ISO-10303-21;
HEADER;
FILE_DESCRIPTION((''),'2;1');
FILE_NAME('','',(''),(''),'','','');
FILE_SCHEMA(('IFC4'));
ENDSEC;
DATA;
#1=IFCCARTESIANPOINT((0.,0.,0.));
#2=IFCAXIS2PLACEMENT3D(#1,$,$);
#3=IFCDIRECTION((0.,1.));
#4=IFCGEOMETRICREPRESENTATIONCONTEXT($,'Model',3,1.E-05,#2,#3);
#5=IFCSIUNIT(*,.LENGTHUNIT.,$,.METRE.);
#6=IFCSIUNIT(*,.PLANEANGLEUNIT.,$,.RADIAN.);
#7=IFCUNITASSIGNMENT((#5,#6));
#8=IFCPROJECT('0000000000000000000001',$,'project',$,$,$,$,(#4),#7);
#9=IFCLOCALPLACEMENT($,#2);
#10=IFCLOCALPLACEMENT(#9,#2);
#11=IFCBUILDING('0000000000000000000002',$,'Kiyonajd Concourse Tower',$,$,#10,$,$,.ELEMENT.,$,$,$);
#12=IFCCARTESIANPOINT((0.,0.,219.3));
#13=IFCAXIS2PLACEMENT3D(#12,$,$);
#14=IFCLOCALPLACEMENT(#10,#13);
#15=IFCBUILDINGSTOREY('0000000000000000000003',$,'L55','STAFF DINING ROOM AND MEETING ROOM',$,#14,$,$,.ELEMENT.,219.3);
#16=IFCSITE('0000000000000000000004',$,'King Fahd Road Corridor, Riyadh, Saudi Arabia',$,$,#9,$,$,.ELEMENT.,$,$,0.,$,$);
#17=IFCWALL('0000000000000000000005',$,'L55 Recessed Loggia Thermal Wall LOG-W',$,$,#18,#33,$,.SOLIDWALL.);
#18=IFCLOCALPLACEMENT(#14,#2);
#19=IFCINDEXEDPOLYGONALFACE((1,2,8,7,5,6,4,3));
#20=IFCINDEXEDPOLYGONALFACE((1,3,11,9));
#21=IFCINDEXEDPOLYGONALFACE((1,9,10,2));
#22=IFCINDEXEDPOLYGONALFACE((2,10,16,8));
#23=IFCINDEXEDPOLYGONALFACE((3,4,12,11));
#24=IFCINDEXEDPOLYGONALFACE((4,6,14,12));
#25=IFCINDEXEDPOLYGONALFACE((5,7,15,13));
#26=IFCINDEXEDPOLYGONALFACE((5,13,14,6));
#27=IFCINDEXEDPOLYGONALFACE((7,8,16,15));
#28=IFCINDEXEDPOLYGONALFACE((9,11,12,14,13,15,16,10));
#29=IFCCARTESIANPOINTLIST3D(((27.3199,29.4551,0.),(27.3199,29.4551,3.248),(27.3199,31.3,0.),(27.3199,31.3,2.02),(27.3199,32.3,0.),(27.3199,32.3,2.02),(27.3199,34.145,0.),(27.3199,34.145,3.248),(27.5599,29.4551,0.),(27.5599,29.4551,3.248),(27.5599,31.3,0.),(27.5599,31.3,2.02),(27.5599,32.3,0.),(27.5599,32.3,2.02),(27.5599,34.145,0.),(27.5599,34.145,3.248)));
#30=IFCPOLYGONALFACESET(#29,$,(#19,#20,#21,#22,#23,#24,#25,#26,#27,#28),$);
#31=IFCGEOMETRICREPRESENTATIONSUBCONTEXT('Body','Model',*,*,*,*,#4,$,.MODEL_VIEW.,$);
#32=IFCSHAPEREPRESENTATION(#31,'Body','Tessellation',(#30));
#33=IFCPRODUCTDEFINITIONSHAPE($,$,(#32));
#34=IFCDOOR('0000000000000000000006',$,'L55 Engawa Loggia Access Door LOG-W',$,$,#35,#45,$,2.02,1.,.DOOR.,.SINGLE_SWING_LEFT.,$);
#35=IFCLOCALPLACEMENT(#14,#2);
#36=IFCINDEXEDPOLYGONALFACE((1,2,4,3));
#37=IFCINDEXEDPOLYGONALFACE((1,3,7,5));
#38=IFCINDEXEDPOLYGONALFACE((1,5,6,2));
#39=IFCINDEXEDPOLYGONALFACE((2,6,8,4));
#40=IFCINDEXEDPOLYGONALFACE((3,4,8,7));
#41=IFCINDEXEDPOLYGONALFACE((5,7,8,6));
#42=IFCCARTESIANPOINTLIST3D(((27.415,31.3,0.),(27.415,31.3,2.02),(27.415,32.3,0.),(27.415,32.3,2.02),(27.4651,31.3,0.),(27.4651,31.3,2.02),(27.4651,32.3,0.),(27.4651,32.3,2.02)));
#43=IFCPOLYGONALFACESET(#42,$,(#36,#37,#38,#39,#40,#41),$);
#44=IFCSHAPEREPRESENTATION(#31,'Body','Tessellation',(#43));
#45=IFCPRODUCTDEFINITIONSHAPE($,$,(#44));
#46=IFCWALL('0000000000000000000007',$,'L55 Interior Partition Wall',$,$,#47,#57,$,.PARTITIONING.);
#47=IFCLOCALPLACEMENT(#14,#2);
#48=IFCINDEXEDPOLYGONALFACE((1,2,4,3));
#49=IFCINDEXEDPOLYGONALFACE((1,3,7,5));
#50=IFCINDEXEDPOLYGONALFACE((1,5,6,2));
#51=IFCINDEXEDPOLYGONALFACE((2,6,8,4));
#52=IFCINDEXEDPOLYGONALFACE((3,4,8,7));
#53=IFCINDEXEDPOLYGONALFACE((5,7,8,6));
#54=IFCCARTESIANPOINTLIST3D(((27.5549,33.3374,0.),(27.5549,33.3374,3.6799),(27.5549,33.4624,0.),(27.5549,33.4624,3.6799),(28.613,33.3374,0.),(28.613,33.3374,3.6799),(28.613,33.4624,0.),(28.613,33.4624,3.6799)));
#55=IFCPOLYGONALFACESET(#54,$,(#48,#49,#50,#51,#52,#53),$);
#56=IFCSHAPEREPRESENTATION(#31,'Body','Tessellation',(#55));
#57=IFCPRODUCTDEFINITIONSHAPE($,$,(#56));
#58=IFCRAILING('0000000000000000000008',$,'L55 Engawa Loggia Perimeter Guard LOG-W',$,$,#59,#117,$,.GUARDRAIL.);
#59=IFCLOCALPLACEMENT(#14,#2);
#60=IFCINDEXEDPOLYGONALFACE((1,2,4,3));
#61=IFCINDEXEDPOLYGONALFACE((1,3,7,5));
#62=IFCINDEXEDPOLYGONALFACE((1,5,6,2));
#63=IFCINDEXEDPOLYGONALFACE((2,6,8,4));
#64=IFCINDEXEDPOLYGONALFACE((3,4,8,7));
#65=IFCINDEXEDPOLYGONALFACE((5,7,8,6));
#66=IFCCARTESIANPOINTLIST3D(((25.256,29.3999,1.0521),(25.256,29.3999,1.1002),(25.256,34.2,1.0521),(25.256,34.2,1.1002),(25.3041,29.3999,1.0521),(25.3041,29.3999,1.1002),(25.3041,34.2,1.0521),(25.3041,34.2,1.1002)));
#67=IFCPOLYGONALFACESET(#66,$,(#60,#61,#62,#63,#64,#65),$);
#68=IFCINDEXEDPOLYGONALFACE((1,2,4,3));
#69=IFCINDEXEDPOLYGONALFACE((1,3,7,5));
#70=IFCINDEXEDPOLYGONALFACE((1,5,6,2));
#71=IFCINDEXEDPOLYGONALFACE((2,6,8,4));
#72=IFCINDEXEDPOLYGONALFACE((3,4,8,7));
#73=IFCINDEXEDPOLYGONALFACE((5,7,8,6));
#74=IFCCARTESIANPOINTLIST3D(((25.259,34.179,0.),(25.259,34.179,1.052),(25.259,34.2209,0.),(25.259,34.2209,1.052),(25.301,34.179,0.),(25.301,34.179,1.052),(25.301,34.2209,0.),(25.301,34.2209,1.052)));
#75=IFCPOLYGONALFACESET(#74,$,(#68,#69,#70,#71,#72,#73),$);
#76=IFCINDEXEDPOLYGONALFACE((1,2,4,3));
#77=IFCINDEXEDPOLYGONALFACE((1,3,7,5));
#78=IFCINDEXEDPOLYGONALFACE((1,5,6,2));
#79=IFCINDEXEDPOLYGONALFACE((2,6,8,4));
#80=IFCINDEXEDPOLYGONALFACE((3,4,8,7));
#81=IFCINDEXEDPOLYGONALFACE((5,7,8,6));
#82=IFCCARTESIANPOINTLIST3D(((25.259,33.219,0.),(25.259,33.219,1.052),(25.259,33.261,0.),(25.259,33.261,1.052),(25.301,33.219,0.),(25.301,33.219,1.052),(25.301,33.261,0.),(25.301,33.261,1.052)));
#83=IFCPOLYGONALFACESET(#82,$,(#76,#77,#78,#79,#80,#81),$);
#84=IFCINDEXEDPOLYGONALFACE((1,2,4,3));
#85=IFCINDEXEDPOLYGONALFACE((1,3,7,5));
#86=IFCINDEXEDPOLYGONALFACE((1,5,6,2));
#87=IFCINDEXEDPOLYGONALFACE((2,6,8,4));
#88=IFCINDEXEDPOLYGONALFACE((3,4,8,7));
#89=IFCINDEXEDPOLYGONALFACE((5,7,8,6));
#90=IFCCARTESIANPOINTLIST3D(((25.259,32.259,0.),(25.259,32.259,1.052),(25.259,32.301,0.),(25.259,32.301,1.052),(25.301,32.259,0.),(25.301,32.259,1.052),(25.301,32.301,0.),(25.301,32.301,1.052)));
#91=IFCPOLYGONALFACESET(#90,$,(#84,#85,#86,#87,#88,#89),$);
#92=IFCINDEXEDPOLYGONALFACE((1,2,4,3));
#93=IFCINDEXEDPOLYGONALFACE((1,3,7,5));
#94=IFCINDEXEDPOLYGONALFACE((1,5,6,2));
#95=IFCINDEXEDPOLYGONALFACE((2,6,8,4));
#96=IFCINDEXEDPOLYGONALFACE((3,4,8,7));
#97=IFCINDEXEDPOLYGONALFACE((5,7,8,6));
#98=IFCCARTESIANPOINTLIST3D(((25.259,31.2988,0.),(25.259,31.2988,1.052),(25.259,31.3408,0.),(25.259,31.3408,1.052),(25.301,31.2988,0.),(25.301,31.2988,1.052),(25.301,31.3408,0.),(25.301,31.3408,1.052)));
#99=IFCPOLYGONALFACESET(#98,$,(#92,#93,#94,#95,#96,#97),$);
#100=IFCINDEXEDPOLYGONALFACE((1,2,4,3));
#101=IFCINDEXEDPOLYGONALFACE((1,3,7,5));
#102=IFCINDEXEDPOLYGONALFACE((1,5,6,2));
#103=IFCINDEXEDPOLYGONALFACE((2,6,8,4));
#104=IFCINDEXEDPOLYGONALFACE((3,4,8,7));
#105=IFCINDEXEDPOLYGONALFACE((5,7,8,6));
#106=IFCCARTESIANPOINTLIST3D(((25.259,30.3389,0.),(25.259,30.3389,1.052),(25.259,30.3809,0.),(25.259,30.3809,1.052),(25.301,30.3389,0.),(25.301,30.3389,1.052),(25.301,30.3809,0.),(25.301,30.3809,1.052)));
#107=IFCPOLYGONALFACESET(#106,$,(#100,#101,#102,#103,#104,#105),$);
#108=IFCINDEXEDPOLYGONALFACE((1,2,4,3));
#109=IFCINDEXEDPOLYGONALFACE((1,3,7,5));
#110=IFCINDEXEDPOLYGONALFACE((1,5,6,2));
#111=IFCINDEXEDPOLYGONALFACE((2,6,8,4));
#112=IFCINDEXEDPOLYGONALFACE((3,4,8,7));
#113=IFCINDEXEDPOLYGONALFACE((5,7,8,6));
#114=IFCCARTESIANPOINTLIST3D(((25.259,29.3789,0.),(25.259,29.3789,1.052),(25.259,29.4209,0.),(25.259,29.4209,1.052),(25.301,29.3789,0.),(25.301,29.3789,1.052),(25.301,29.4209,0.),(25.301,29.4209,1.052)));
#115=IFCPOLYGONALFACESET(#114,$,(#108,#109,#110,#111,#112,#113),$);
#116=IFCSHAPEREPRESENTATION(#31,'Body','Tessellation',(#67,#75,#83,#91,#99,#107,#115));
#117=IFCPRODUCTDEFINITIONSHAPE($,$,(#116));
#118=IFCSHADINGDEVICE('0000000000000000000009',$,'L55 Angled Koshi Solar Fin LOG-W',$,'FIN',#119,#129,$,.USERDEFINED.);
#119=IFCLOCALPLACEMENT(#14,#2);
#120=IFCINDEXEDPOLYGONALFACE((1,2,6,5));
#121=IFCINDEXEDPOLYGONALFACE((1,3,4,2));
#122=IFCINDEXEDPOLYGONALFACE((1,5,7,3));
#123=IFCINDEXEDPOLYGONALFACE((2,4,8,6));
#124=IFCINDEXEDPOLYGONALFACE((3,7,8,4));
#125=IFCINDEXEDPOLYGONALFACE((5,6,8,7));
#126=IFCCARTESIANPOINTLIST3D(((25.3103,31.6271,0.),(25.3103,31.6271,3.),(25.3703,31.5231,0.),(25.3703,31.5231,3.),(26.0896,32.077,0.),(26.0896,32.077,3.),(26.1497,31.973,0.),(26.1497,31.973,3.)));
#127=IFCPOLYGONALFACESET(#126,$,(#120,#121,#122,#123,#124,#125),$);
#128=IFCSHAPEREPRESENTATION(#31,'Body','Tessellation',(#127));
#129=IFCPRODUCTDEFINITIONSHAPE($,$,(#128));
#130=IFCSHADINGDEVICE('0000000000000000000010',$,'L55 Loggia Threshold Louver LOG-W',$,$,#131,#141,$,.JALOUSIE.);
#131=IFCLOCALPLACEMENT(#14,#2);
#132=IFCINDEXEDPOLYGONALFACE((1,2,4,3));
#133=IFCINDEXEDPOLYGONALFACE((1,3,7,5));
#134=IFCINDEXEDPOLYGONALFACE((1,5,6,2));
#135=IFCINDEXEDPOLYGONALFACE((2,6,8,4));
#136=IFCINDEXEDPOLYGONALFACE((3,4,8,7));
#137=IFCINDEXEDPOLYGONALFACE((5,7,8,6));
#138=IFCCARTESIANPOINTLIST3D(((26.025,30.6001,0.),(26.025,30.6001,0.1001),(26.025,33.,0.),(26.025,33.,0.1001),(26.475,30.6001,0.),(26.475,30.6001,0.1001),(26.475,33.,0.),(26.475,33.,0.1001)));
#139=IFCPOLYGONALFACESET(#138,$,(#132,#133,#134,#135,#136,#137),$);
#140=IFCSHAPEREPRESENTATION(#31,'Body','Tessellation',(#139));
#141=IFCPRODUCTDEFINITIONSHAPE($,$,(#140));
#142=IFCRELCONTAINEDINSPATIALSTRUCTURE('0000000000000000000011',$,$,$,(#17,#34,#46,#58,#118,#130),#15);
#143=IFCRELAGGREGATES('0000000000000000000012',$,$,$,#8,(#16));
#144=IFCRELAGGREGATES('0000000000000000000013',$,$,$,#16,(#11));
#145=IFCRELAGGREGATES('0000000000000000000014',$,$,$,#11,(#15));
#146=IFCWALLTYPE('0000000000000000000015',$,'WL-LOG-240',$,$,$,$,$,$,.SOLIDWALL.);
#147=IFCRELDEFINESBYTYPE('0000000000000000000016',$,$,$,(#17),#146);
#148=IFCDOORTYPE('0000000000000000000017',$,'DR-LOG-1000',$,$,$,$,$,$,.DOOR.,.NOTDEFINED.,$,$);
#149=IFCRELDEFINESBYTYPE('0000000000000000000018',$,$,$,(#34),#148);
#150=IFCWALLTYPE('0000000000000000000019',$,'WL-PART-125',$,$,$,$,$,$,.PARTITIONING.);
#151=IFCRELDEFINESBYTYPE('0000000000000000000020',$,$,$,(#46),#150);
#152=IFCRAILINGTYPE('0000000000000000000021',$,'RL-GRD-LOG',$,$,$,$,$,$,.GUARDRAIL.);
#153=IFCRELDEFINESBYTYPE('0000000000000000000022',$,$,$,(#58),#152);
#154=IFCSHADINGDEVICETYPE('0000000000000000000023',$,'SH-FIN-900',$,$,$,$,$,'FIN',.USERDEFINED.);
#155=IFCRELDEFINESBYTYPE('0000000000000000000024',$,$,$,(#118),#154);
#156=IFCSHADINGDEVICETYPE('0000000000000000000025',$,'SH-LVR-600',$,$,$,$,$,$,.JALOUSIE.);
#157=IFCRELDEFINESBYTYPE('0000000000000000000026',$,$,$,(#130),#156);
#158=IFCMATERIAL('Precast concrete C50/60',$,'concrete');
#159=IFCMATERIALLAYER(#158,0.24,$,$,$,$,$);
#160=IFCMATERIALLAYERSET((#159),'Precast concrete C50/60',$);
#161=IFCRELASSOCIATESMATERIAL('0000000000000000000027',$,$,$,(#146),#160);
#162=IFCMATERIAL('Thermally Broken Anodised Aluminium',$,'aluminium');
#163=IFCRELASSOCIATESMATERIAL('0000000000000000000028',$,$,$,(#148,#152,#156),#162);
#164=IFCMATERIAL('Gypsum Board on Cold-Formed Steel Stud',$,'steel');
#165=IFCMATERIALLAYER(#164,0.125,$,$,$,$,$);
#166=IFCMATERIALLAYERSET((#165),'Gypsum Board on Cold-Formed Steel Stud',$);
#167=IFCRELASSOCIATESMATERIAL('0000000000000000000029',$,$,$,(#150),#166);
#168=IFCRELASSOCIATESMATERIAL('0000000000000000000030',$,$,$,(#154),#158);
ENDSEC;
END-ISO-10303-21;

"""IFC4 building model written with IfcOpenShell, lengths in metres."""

from ifc_helpers import new_model, si_unit, direction, frame, frame_2d, origin, origin_2d, place, context, subcontext, project, spatial, rectangle, extrude, material, layer, layer_set, type_object, element, fill, save


model = new_model("IFC4")

# Units and contexts
model_context = context("Model", 3, precision=1e-05, world=origin(), true_north=direction((0.0, 1.0)))
body_context = subcontext(model_context, "Body", "Model", "MODEL_VIEW")
ifc_project = project(units=[si_unit("LENGTHUNIT", "METRE"), si_unit("PLANEANGLEUNIT", "RADIAN")], contexts=[model_context])

# Site, building, storey
site_placement = place(None, origin())
site = spatial("IfcSite", under=ifc_project, at=site_placement, Name="King Fahd Road Corridor, Riyadh, Saudi Arabia", CompositionType="ELEMENT", RefElevation=0.0)
building_placement = place(site_placement, origin())
building = spatial("IfcBuilding", under=site, at=building_placement, Name="Kiyonajd Concourse Tower", CompositionType="ELEMENT")
storey_placement = place(building_placement, frame((0.0, 0.0, 219.3)))
storey = spatial("IfcBuildingStorey", under=building, at=storey_placement, Name="L55", Description="STAFF DINING ROOM AND MEETING ROOM", CompositionType="ELEMENT", Elevation=219.3)

# Shared definitions
ifc_material_1 = material(Name="Thermally Broken Anodised Aluminium", Category="aluminium")

# Shared definitions
ifc_material_2 = material(Name="Precast concrete C50/60", Category="concrete")

# Wall, opening, door
ifc_layer_1 = layer(ifc_material_2, 0.24)
ifc_layer_set_1 = layer_set([ifc_layer_1], Name="Precast concrete C50/60")
wall_type_1 = type_object("IfcWallType", Name="WL-LOG-240", PredefinedType="SOLIDWALL", material=ifc_layer_set_1)
wall_1_placement = place(storey_placement, frame((27.4399, 29.4551, 0.0), z_axis=(0.0, 0.0, 1.0), x_axis=(0.0, 1.0, 0.0)))
wall_1 = element("IfcWall", 1, at=wall_1_placement, inside=storey, type_object=wall_type_1, Name="L55 Recessed Loggia Thermal Wall LOG-W", PredefinedType="SOLIDWALL", context=body_context, shape_type="SweptSolid", body=[
    extrude(rectangle(XDim=4.6899, YDim=0.24, at=frame_2d((2.345, 0.0))), origin(), (0.0, 0.0, 1.0), 3.248),
])
opening_placement = place(wall_1_placement, frame((1.845, 0.0, 0.0)))
opening = element("IfcOpeningElement", 2, at=opening_placement, cuts=wall_1, PredefinedType="OPENING", context=body_context, shape_type="SweptSolid", body=[
    extrude(rectangle(XDim=1.0, YDim=2.02, at=frame_2d((0.5, 1.01))), frame((0.0, 0.1299, 0.0), z_axis=(0.0, -1.0, 0.0), x_axis=(1.0, 0.0, 0.0)), (0.0, 0.0, 1.0), 0.26),
])
door_type = type_object("IfcDoorType", Name="DR-LOG-1000", OperationType="NOTDEFINED", PredefinedType="DOOR", material=ifc_material_1)
door_placement = place(opening_placement, origin())
door = element("IfcDoor", 3, at=door_placement, inside=storey, type_object=door_type, Name="L55 Engawa Loggia Access Door LOG-W", OperationType="SINGLE_SWING_LEFT", OverallHeight=2.02, OverallWidth=1.0, PredefinedType="DOOR", context=body_context, shape_type="SweptSolid", body=[
    extrude(rectangle(XDim=1.0, YDim=2.02, at=frame_2d((0.5, 1.01))), frame((0.0, 0.0249, 0.0), z_axis=(0.0, -1.0, 0.0), x_axis=(1.0, 0.0, 0.0)), (0.0, 0.0, 1.0), 0.05),
])
fill(opening, door)

# Wall
ifc_material_3 = material(Name="Gypsum Board on Cold-Formed Steel Stud", Category="steel")
ifc_layer_2 = layer(ifc_material_3, 0.125)
ifc_layer_set_2 = layer_set([ifc_layer_2], Name="Gypsum Board on Cold-Formed Steel Stud")
wall_type_2 = type_object("IfcWallType", Name="WL-PART-125", PredefinedType="PARTITIONING", material=ifc_layer_set_2)
wall_2_placement = place(storey_placement, frame((27.5549, 33.3999, 0.0), z_axis=(0.0, 0.0, 1.0), x_axis=(1.0, 0.0, 0.0)))
element("IfcWall", 4, at=wall_2_placement, inside=storey, type_object=wall_type_2, Name="L55 Interior Partition Wall", PredefinedType="PARTITIONING", context=body_context, shape_type="SweptSolid", body=[
    extrude(rectangle(XDim=1.0581, YDim=0.125, at=frame_2d((0.5291, 0.0))), origin(), (0.0, 0.0, 1.0), 3.6799),
])

# Railing
railing_type = type_object("IfcRailingType", Name="RL-GRD-LOG", PredefinedType="GUARDRAIL", material=ifc_material_1)
railing_placement = place(storey_placement, frame((25.28, 34.2, 0.0)))
element("IfcRailing", 5, at=railing_placement, inside=storey, type_object=railing_type, Name="L55 Engawa Loggia Perimeter Guard LOG-W", PredefinedType="GUARDRAIL", context=body_context, shape_type="SweptSolid", body=[
    extrude(rectangle(XDim=0.0481, YDim=0.0481, at=origin_2d()), frame((0.0, 0.0, 1.0762), z_axis=(0.0, -1.0, 0.0), x_axis=(1.0, 0.0, 0.0)), (0.0, 0.0, 1.0), 4.8),
    extrude(rectangle(XDim=0.042, YDim=0.042, at=origin_2d()), origin(), (0.0, 0.0, 1.0), 1.052),
    extrude(rectangle(XDim=0.042, YDim=0.042, at=origin_2d()), frame((0.0, -0.96, 0.0)), (0.0, 0.0, 1.0), 1.052),
    extrude(rectangle(XDim=0.042, YDim=0.042, at=origin_2d()), frame((0.0, -1.9199, 0.0)), (0.0, 0.0, 1.0), 1.052),
    extrude(rectangle(XDim=0.042, YDim=0.042, at=origin_2d()), frame((0.0, -2.8801, 0.0)), (0.0, 0.0, 1.0), 1.052),
    extrude(rectangle(XDim=0.042, YDim=0.042, at=origin_2d()), frame((0.0, -3.8401, 0.0)), (0.0, 0.0, 1.0), 1.052),
    extrude(rectangle(XDim=0.042, YDim=0.042, at=origin_2d()), frame((0.0, -4.8, 0.0)), (0.0, 0.0, 1.0), 1.052),
])

# Shading devices
shading_device_type_1 = type_object("IfcShadingDeviceType", Name="SH-FIN-900", ElementType="FIN", PredefinedType="USERDEFINED", material=ifc_material_2)
shading_device_1_placement = place(storey_placement, frame((25.73, 31.8, 0.0), z_axis=(0.0, 0.0, 1.0), x_axis=(0.866025, 0.5, 0.0)))
element("IfcShadingDevice", 6, at=shading_device_1_placement, inside=storey, type_object=shading_device_type_1, Name="L55 Angled Koshi Solar Fin LOG-W", ObjectType="FIN", PredefinedType="USERDEFINED", context=body_context, shape_type="SweptSolid", body=[
    extrude(rectangle(XDim=0.8999, YDim=0.1201, at=origin_2d()), origin(), (0.0, 0.0, 1.0), 3.0),
])
shading_device_type_2 = type_object("IfcShadingDeviceType", Name="SH-LVR-600", PredefinedType="JALOUSIE", material=ifc_material_1)
shading_device_2_placement = place(storey_placement, frame((26.25, 31.8, 0.0), z_axis=(0.0, 0.0, 1.0), x_axis=(0.0, 1.0, 0.0)))
element("IfcShadingDevice", 7, at=shading_device_2_placement, inside=storey, type_object=shading_device_type_2, Name="L55 Loggia Threshold Louver LOG-W", PredefinedType="JALOUSIE", context=body_context, shape_type="SweptSolid", body=[
    extrude(rectangle(XDim=2.3999, YDim=0.45, at=origin_2d()), origin(), (0.0, 0.0, 1.0), 0.1001),
])

save(model, "model.ifc")
